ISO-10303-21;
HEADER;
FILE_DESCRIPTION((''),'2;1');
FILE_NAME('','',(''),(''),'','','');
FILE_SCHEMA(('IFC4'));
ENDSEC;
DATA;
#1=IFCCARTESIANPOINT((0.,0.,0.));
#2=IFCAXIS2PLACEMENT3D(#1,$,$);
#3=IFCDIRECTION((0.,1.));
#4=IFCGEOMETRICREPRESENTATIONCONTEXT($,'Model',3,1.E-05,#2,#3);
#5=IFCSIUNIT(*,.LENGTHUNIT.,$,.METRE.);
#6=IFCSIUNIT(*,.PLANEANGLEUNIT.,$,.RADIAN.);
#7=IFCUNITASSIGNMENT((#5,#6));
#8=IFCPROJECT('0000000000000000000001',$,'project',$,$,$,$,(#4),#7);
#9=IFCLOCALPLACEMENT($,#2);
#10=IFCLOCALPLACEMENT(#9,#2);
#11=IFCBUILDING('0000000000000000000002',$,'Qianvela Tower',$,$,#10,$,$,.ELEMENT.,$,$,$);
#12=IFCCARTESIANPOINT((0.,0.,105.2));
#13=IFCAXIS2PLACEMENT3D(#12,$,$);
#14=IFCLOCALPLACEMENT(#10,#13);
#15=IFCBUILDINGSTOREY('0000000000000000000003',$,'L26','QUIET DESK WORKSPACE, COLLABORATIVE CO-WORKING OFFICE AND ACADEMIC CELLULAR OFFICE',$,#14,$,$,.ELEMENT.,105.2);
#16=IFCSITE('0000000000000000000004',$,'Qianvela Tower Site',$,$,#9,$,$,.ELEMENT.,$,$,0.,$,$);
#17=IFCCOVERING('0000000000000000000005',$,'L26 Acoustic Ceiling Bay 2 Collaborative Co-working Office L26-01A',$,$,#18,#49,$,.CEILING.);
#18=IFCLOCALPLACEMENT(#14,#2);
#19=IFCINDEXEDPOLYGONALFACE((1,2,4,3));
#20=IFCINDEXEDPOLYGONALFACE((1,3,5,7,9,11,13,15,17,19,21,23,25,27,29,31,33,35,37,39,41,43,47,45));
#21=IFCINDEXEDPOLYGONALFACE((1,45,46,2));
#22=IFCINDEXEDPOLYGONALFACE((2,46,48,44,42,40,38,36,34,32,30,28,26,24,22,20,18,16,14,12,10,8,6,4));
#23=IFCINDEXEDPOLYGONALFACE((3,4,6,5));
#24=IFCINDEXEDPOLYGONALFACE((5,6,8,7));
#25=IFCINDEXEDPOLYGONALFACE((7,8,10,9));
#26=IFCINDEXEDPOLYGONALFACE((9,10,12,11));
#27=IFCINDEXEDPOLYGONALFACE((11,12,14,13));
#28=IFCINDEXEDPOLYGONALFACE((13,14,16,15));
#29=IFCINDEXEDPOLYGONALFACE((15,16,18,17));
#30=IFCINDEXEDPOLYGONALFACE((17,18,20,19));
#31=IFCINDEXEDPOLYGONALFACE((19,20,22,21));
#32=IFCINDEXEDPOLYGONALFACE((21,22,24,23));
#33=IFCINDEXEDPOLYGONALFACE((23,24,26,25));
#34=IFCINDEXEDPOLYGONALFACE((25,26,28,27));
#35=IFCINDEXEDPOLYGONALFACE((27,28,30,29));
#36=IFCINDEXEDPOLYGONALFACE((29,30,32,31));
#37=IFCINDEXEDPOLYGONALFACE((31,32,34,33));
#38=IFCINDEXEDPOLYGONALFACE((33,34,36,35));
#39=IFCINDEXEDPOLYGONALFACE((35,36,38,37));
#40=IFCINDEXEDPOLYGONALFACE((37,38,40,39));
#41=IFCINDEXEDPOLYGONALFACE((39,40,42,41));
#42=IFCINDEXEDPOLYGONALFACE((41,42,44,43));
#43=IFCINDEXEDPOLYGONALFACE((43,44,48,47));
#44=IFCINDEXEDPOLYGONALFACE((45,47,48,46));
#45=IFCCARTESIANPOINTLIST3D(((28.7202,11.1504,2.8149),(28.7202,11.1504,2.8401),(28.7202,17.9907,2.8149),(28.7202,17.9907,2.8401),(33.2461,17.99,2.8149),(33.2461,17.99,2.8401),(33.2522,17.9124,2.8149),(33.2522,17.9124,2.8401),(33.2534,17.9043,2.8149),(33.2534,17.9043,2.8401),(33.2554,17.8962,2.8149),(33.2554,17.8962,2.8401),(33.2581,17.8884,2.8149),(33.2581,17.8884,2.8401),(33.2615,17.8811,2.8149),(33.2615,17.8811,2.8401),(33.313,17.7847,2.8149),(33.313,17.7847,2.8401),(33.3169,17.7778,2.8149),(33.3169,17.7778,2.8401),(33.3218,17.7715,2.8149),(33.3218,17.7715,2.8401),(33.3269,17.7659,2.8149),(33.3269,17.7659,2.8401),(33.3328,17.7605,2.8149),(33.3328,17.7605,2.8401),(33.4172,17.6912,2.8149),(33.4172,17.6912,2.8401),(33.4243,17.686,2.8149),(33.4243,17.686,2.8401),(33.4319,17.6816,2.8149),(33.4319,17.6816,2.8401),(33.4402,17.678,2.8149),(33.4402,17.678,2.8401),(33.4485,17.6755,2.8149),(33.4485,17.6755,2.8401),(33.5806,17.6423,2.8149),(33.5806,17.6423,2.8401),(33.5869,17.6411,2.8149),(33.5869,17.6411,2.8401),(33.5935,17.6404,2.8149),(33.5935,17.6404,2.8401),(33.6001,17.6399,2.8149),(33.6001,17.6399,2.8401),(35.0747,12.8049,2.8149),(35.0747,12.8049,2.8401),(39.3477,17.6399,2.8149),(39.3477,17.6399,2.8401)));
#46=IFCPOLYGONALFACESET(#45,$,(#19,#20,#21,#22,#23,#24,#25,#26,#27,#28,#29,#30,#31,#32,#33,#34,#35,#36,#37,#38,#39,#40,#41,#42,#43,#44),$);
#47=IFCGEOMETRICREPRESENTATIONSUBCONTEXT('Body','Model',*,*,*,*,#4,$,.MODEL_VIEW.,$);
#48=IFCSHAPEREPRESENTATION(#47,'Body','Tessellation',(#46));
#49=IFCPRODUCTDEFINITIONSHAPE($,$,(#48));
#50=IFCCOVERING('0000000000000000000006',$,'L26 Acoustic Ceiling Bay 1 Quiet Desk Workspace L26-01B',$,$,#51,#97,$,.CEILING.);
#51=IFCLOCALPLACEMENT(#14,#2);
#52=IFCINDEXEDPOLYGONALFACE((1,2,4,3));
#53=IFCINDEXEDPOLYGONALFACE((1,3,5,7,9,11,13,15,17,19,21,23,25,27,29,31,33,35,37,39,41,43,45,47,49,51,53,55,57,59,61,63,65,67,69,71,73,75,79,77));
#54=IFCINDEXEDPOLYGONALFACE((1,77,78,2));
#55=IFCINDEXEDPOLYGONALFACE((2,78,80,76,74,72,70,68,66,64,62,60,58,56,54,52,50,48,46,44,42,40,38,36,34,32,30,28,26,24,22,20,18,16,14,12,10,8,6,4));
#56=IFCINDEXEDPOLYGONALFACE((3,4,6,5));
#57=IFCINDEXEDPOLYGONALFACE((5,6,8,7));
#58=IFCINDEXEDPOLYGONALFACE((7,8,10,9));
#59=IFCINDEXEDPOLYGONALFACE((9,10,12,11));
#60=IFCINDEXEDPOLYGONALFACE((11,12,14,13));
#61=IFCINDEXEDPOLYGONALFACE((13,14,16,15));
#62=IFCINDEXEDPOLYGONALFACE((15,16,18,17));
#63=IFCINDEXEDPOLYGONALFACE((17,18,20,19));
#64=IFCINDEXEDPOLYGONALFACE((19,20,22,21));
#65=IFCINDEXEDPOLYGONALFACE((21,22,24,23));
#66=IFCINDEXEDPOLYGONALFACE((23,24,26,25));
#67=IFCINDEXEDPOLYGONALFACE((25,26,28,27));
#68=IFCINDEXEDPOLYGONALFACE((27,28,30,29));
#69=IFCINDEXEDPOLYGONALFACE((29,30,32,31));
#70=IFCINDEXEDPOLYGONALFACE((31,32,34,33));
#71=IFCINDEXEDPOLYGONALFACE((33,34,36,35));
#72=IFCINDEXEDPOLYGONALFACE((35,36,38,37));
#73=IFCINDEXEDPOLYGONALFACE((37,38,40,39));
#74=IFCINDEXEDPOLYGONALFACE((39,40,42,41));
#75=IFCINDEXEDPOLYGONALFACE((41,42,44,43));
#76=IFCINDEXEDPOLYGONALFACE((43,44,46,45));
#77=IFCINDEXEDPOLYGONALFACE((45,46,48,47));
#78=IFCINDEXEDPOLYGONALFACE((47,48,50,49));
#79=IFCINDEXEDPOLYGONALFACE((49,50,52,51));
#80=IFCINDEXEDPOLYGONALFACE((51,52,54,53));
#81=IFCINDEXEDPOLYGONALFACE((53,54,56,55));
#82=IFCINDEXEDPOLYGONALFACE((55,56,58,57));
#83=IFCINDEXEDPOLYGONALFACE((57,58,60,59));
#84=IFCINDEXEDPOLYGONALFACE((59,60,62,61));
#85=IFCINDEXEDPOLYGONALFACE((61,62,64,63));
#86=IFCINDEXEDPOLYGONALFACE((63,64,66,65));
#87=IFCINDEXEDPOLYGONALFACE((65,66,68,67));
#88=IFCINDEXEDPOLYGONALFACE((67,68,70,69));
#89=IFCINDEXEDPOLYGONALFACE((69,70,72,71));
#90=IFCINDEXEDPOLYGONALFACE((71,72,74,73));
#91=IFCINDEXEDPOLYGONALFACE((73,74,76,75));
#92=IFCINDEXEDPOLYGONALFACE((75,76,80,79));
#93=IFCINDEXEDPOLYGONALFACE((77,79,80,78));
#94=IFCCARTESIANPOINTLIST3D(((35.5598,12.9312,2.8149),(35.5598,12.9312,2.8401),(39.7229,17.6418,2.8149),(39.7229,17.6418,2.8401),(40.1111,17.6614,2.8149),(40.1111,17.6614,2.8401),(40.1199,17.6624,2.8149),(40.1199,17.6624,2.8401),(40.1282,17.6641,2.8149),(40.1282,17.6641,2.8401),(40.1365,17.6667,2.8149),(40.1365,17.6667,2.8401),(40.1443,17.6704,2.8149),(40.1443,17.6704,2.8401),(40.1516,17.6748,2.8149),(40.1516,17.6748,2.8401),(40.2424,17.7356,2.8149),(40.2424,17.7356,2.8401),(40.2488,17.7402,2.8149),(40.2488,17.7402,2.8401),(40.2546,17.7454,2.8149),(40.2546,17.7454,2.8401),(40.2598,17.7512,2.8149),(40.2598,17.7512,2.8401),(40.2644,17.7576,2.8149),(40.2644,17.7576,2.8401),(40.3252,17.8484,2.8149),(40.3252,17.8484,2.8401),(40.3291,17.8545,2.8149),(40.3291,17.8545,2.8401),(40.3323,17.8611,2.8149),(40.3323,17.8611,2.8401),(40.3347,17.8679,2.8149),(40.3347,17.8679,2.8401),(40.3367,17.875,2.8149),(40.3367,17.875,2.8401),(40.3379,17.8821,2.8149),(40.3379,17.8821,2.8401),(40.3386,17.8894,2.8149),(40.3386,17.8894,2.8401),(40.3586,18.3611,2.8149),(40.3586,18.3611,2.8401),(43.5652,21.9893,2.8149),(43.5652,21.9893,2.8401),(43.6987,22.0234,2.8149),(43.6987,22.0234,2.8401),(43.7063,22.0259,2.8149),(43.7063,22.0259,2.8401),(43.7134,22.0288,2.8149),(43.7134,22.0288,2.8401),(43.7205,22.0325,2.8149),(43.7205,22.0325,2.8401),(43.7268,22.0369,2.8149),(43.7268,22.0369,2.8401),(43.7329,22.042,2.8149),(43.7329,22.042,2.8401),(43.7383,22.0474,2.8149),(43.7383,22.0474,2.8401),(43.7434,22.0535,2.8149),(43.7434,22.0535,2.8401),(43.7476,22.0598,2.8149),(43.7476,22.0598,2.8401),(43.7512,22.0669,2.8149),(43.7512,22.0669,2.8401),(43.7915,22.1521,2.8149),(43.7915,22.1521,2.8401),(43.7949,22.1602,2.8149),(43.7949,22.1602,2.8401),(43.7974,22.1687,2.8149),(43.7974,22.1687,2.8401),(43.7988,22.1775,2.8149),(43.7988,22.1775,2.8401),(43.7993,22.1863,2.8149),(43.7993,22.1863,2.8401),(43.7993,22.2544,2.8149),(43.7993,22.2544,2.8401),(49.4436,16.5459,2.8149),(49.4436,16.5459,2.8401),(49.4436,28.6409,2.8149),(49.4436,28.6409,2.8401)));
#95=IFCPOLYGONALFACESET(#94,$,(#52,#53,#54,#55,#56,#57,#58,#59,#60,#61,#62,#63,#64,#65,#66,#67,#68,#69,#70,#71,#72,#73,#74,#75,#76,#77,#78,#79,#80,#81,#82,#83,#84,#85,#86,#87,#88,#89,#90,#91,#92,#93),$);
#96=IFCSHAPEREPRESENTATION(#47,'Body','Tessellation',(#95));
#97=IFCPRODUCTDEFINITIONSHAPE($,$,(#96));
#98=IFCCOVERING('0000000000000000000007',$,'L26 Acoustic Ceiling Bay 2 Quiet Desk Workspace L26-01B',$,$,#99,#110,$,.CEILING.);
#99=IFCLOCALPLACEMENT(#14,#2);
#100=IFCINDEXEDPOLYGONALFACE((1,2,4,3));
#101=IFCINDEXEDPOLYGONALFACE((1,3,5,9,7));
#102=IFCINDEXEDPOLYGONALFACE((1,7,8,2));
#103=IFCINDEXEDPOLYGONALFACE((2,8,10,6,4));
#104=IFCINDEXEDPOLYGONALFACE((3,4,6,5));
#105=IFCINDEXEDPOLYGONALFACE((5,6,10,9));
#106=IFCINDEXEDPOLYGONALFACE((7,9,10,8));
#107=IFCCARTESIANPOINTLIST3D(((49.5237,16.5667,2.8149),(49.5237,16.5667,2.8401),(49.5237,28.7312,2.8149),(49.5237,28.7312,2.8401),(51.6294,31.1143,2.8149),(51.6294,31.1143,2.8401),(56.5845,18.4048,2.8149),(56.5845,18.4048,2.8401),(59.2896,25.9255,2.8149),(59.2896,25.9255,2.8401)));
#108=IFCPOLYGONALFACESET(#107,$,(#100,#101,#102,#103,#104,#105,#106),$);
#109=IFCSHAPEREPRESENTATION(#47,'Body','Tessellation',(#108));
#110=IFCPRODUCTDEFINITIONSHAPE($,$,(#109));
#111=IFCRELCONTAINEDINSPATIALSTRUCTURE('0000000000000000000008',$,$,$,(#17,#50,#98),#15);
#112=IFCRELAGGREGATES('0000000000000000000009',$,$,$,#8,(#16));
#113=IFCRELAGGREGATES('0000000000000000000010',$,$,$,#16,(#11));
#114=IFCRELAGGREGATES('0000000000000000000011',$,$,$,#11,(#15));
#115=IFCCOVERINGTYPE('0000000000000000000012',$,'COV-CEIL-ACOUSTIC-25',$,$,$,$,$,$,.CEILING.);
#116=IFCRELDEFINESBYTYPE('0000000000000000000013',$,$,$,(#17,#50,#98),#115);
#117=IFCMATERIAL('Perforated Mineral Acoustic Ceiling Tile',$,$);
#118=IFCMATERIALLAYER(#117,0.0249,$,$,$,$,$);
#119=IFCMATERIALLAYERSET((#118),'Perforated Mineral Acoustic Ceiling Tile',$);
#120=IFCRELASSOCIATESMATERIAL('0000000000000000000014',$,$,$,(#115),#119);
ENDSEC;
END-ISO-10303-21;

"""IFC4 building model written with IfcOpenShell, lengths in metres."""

from ifc_helpers import new_model, si_unit, direction, frame, origin, place, context, subcontext, project, spatial, polyline, outline, extrude, material, layer, layer_set, type_object, element, save


model = new_model("IFC4")

# Units and contexts
model_context = context("Model", 3, precision=1e-05, world=origin(), true_north=direction((0.0, 1.0)))
body_context = subcontext(model_context, "Body", "Model", "MODEL_VIEW")
ifc_project = project(units=[si_unit("LENGTHUNIT", "METRE"), si_unit("PLANEANGLEUNIT", "RADIAN")], contexts=[model_context])

# Site, building, storey
site_placement = place(None, origin())
site = spatial("IfcSite", under=ifc_project, at=site_placement, Name="Qianvela Tower Site", CompositionType="ELEMENT", RefElevation=0.0)
building_placement = place(site_placement, origin())
building = spatial("IfcBuilding", under=site, at=building_placement, Name="Qianvela Tower", CompositionType="ELEMENT")
storey_placement = place(building_placement, frame((0.0, 0.0, 105.2)))
storey = spatial("IfcBuildingStorey", under=building, at=storey_placement, Name="L26", Description="QUIET DESK WORKSPACE, COLLABORATIVE CO-WORKING OFFICE AND ACADEMIC CELLULAR OFFICE", CompositionType="ELEMENT", Elevation=105.2)

# Coverings
ifc_material_1 = material(Name="Perforated Mineral Acoustic Ceiling Tile")
ifc_layer_1 = layer(ifc_material_1, 0.0249)
ifc_layer_set_1 = layer_set([ifc_layer_1], Name="Perforated Mineral Acoustic Ceiling Tile")
covering_type_1 = type_object("IfcCoveringType", Name="COV-CEIL-ACOUSTIC-25", PredefinedType="CEILING", material=ifc_layer_set_1)
covering_1_placement = place(storey_placement, frame((0.0, 0.0, 2.8149)))
element("IfcCovering", 1, at=covering_1_placement, inside=storey, type_object=covering_type_1, Name="L26 Acoustic Ceiling Bay 2 Collaborative Co-working Office L26-01A", PredefinedType="CEILING", context=body_context, shape_type="SweptSolid", body=[
    extrude(outline(polyline([(33.2461, 17.99), (33.2522, 17.9124), (33.2534, 17.9043), (33.2554, 17.8962), (33.2581, 17.8884), (33.2615, 17.8811), (33.313, 17.7847), (33.3169, 17.7778), (33.3218, 17.7715), (33.3269, 17.7659), (33.3328, 17.7605), (33.4172, 17.6912), (33.4243, 17.686), (33.4319, 17.6816), (33.4402, 17.678), (33.4485, 17.6755), (33.5806, 17.6423), (33.5869, 17.6411), (33.5935, 17.6404), (33.6001, 17.6399), (39.3477, 17.6399), (35.0747, 12.8049), (28.7202, 11.1504), (28.7202, 17.9907), (33.2461, 17.99)])), origin(), (0.0, 0.0, 1.0), 0.0251),
])
covering_2_placement = place(storey_placement, frame((0.0, 0.0, 2.8149)))
element("IfcCovering", 2, at=covering_2_placement, inside=storey, type_object=covering_type_1, Name="L26 Acoustic Ceiling Bay 1 Quiet Desk Workspace L26-01B", PredefinedType="CEILING", context=body_context, shape_type="SweptSolid", body=[
    extrude(outline(polyline([(40.1199, 17.6624), (40.1282, 17.6641), (40.1365, 17.6667), (40.1443, 17.6704), (40.1516, 17.6748), (40.2424, 17.7356), (40.2488, 17.7402), (40.2546, 17.7454), (40.2598, 17.7512), (40.2644, 17.7576), (40.3252, 17.8484), (40.3291, 17.8545), (40.3323, 17.8611), (40.3347, 17.8679), (40.3367, 17.875), (40.3379, 17.8821), (40.3386, 17.8894), (40.3586, 18.3611), (43.5652, 21.9893), (43.6987, 22.0234), (43.7063, 22.0259), (43.7134, 22.0288), (43.7205, 22.0325), (43.7268, 22.0369), (43.7329, 22.042), (43.7383, 22.0474), (43.7434, 22.0535), (43.7476, 22.0598), (43.7512, 22.0669), (43.7915, 22.1521), (43.7949, 22.1602), (43.7974, 22.1687), (43.7988, 22.1775), (43.7993, 22.1863), (43.7993, 22.2544), (49.4436, 28.6409), (49.4436, 16.5459), (35.5598, 12.9312), (39.7229, 17.6418), (40.1111, 17.6614), (40.1199, 17.6624)])), origin(), (0.0, 0.0, 1.0), 0.0251),
])
covering_3_placement = place(storey_placement, frame((0.0, 0.0, 2.8149)))
element("IfcCovering", 3, at=covering_3_placement, inside=storey, type_object=covering_type_1, Name="L26 Acoustic Ceiling Bay 2 Quiet Desk Workspace L26-01B", PredefinedType="CEILING", context=body_context, shape_type="SweptSolid", body=[
    extrude(outline(polyline([(51.6294, 31.1143), (59.2896, 25.9255), (56.5845, 18.4048), (49.5237, 16.5667), (49.5237, 28.7312), (51.6294, 31.1143)])), origin(), (0.0, 0.0, 1.0), 0.0251),
])

save(model, "model.ifc")
